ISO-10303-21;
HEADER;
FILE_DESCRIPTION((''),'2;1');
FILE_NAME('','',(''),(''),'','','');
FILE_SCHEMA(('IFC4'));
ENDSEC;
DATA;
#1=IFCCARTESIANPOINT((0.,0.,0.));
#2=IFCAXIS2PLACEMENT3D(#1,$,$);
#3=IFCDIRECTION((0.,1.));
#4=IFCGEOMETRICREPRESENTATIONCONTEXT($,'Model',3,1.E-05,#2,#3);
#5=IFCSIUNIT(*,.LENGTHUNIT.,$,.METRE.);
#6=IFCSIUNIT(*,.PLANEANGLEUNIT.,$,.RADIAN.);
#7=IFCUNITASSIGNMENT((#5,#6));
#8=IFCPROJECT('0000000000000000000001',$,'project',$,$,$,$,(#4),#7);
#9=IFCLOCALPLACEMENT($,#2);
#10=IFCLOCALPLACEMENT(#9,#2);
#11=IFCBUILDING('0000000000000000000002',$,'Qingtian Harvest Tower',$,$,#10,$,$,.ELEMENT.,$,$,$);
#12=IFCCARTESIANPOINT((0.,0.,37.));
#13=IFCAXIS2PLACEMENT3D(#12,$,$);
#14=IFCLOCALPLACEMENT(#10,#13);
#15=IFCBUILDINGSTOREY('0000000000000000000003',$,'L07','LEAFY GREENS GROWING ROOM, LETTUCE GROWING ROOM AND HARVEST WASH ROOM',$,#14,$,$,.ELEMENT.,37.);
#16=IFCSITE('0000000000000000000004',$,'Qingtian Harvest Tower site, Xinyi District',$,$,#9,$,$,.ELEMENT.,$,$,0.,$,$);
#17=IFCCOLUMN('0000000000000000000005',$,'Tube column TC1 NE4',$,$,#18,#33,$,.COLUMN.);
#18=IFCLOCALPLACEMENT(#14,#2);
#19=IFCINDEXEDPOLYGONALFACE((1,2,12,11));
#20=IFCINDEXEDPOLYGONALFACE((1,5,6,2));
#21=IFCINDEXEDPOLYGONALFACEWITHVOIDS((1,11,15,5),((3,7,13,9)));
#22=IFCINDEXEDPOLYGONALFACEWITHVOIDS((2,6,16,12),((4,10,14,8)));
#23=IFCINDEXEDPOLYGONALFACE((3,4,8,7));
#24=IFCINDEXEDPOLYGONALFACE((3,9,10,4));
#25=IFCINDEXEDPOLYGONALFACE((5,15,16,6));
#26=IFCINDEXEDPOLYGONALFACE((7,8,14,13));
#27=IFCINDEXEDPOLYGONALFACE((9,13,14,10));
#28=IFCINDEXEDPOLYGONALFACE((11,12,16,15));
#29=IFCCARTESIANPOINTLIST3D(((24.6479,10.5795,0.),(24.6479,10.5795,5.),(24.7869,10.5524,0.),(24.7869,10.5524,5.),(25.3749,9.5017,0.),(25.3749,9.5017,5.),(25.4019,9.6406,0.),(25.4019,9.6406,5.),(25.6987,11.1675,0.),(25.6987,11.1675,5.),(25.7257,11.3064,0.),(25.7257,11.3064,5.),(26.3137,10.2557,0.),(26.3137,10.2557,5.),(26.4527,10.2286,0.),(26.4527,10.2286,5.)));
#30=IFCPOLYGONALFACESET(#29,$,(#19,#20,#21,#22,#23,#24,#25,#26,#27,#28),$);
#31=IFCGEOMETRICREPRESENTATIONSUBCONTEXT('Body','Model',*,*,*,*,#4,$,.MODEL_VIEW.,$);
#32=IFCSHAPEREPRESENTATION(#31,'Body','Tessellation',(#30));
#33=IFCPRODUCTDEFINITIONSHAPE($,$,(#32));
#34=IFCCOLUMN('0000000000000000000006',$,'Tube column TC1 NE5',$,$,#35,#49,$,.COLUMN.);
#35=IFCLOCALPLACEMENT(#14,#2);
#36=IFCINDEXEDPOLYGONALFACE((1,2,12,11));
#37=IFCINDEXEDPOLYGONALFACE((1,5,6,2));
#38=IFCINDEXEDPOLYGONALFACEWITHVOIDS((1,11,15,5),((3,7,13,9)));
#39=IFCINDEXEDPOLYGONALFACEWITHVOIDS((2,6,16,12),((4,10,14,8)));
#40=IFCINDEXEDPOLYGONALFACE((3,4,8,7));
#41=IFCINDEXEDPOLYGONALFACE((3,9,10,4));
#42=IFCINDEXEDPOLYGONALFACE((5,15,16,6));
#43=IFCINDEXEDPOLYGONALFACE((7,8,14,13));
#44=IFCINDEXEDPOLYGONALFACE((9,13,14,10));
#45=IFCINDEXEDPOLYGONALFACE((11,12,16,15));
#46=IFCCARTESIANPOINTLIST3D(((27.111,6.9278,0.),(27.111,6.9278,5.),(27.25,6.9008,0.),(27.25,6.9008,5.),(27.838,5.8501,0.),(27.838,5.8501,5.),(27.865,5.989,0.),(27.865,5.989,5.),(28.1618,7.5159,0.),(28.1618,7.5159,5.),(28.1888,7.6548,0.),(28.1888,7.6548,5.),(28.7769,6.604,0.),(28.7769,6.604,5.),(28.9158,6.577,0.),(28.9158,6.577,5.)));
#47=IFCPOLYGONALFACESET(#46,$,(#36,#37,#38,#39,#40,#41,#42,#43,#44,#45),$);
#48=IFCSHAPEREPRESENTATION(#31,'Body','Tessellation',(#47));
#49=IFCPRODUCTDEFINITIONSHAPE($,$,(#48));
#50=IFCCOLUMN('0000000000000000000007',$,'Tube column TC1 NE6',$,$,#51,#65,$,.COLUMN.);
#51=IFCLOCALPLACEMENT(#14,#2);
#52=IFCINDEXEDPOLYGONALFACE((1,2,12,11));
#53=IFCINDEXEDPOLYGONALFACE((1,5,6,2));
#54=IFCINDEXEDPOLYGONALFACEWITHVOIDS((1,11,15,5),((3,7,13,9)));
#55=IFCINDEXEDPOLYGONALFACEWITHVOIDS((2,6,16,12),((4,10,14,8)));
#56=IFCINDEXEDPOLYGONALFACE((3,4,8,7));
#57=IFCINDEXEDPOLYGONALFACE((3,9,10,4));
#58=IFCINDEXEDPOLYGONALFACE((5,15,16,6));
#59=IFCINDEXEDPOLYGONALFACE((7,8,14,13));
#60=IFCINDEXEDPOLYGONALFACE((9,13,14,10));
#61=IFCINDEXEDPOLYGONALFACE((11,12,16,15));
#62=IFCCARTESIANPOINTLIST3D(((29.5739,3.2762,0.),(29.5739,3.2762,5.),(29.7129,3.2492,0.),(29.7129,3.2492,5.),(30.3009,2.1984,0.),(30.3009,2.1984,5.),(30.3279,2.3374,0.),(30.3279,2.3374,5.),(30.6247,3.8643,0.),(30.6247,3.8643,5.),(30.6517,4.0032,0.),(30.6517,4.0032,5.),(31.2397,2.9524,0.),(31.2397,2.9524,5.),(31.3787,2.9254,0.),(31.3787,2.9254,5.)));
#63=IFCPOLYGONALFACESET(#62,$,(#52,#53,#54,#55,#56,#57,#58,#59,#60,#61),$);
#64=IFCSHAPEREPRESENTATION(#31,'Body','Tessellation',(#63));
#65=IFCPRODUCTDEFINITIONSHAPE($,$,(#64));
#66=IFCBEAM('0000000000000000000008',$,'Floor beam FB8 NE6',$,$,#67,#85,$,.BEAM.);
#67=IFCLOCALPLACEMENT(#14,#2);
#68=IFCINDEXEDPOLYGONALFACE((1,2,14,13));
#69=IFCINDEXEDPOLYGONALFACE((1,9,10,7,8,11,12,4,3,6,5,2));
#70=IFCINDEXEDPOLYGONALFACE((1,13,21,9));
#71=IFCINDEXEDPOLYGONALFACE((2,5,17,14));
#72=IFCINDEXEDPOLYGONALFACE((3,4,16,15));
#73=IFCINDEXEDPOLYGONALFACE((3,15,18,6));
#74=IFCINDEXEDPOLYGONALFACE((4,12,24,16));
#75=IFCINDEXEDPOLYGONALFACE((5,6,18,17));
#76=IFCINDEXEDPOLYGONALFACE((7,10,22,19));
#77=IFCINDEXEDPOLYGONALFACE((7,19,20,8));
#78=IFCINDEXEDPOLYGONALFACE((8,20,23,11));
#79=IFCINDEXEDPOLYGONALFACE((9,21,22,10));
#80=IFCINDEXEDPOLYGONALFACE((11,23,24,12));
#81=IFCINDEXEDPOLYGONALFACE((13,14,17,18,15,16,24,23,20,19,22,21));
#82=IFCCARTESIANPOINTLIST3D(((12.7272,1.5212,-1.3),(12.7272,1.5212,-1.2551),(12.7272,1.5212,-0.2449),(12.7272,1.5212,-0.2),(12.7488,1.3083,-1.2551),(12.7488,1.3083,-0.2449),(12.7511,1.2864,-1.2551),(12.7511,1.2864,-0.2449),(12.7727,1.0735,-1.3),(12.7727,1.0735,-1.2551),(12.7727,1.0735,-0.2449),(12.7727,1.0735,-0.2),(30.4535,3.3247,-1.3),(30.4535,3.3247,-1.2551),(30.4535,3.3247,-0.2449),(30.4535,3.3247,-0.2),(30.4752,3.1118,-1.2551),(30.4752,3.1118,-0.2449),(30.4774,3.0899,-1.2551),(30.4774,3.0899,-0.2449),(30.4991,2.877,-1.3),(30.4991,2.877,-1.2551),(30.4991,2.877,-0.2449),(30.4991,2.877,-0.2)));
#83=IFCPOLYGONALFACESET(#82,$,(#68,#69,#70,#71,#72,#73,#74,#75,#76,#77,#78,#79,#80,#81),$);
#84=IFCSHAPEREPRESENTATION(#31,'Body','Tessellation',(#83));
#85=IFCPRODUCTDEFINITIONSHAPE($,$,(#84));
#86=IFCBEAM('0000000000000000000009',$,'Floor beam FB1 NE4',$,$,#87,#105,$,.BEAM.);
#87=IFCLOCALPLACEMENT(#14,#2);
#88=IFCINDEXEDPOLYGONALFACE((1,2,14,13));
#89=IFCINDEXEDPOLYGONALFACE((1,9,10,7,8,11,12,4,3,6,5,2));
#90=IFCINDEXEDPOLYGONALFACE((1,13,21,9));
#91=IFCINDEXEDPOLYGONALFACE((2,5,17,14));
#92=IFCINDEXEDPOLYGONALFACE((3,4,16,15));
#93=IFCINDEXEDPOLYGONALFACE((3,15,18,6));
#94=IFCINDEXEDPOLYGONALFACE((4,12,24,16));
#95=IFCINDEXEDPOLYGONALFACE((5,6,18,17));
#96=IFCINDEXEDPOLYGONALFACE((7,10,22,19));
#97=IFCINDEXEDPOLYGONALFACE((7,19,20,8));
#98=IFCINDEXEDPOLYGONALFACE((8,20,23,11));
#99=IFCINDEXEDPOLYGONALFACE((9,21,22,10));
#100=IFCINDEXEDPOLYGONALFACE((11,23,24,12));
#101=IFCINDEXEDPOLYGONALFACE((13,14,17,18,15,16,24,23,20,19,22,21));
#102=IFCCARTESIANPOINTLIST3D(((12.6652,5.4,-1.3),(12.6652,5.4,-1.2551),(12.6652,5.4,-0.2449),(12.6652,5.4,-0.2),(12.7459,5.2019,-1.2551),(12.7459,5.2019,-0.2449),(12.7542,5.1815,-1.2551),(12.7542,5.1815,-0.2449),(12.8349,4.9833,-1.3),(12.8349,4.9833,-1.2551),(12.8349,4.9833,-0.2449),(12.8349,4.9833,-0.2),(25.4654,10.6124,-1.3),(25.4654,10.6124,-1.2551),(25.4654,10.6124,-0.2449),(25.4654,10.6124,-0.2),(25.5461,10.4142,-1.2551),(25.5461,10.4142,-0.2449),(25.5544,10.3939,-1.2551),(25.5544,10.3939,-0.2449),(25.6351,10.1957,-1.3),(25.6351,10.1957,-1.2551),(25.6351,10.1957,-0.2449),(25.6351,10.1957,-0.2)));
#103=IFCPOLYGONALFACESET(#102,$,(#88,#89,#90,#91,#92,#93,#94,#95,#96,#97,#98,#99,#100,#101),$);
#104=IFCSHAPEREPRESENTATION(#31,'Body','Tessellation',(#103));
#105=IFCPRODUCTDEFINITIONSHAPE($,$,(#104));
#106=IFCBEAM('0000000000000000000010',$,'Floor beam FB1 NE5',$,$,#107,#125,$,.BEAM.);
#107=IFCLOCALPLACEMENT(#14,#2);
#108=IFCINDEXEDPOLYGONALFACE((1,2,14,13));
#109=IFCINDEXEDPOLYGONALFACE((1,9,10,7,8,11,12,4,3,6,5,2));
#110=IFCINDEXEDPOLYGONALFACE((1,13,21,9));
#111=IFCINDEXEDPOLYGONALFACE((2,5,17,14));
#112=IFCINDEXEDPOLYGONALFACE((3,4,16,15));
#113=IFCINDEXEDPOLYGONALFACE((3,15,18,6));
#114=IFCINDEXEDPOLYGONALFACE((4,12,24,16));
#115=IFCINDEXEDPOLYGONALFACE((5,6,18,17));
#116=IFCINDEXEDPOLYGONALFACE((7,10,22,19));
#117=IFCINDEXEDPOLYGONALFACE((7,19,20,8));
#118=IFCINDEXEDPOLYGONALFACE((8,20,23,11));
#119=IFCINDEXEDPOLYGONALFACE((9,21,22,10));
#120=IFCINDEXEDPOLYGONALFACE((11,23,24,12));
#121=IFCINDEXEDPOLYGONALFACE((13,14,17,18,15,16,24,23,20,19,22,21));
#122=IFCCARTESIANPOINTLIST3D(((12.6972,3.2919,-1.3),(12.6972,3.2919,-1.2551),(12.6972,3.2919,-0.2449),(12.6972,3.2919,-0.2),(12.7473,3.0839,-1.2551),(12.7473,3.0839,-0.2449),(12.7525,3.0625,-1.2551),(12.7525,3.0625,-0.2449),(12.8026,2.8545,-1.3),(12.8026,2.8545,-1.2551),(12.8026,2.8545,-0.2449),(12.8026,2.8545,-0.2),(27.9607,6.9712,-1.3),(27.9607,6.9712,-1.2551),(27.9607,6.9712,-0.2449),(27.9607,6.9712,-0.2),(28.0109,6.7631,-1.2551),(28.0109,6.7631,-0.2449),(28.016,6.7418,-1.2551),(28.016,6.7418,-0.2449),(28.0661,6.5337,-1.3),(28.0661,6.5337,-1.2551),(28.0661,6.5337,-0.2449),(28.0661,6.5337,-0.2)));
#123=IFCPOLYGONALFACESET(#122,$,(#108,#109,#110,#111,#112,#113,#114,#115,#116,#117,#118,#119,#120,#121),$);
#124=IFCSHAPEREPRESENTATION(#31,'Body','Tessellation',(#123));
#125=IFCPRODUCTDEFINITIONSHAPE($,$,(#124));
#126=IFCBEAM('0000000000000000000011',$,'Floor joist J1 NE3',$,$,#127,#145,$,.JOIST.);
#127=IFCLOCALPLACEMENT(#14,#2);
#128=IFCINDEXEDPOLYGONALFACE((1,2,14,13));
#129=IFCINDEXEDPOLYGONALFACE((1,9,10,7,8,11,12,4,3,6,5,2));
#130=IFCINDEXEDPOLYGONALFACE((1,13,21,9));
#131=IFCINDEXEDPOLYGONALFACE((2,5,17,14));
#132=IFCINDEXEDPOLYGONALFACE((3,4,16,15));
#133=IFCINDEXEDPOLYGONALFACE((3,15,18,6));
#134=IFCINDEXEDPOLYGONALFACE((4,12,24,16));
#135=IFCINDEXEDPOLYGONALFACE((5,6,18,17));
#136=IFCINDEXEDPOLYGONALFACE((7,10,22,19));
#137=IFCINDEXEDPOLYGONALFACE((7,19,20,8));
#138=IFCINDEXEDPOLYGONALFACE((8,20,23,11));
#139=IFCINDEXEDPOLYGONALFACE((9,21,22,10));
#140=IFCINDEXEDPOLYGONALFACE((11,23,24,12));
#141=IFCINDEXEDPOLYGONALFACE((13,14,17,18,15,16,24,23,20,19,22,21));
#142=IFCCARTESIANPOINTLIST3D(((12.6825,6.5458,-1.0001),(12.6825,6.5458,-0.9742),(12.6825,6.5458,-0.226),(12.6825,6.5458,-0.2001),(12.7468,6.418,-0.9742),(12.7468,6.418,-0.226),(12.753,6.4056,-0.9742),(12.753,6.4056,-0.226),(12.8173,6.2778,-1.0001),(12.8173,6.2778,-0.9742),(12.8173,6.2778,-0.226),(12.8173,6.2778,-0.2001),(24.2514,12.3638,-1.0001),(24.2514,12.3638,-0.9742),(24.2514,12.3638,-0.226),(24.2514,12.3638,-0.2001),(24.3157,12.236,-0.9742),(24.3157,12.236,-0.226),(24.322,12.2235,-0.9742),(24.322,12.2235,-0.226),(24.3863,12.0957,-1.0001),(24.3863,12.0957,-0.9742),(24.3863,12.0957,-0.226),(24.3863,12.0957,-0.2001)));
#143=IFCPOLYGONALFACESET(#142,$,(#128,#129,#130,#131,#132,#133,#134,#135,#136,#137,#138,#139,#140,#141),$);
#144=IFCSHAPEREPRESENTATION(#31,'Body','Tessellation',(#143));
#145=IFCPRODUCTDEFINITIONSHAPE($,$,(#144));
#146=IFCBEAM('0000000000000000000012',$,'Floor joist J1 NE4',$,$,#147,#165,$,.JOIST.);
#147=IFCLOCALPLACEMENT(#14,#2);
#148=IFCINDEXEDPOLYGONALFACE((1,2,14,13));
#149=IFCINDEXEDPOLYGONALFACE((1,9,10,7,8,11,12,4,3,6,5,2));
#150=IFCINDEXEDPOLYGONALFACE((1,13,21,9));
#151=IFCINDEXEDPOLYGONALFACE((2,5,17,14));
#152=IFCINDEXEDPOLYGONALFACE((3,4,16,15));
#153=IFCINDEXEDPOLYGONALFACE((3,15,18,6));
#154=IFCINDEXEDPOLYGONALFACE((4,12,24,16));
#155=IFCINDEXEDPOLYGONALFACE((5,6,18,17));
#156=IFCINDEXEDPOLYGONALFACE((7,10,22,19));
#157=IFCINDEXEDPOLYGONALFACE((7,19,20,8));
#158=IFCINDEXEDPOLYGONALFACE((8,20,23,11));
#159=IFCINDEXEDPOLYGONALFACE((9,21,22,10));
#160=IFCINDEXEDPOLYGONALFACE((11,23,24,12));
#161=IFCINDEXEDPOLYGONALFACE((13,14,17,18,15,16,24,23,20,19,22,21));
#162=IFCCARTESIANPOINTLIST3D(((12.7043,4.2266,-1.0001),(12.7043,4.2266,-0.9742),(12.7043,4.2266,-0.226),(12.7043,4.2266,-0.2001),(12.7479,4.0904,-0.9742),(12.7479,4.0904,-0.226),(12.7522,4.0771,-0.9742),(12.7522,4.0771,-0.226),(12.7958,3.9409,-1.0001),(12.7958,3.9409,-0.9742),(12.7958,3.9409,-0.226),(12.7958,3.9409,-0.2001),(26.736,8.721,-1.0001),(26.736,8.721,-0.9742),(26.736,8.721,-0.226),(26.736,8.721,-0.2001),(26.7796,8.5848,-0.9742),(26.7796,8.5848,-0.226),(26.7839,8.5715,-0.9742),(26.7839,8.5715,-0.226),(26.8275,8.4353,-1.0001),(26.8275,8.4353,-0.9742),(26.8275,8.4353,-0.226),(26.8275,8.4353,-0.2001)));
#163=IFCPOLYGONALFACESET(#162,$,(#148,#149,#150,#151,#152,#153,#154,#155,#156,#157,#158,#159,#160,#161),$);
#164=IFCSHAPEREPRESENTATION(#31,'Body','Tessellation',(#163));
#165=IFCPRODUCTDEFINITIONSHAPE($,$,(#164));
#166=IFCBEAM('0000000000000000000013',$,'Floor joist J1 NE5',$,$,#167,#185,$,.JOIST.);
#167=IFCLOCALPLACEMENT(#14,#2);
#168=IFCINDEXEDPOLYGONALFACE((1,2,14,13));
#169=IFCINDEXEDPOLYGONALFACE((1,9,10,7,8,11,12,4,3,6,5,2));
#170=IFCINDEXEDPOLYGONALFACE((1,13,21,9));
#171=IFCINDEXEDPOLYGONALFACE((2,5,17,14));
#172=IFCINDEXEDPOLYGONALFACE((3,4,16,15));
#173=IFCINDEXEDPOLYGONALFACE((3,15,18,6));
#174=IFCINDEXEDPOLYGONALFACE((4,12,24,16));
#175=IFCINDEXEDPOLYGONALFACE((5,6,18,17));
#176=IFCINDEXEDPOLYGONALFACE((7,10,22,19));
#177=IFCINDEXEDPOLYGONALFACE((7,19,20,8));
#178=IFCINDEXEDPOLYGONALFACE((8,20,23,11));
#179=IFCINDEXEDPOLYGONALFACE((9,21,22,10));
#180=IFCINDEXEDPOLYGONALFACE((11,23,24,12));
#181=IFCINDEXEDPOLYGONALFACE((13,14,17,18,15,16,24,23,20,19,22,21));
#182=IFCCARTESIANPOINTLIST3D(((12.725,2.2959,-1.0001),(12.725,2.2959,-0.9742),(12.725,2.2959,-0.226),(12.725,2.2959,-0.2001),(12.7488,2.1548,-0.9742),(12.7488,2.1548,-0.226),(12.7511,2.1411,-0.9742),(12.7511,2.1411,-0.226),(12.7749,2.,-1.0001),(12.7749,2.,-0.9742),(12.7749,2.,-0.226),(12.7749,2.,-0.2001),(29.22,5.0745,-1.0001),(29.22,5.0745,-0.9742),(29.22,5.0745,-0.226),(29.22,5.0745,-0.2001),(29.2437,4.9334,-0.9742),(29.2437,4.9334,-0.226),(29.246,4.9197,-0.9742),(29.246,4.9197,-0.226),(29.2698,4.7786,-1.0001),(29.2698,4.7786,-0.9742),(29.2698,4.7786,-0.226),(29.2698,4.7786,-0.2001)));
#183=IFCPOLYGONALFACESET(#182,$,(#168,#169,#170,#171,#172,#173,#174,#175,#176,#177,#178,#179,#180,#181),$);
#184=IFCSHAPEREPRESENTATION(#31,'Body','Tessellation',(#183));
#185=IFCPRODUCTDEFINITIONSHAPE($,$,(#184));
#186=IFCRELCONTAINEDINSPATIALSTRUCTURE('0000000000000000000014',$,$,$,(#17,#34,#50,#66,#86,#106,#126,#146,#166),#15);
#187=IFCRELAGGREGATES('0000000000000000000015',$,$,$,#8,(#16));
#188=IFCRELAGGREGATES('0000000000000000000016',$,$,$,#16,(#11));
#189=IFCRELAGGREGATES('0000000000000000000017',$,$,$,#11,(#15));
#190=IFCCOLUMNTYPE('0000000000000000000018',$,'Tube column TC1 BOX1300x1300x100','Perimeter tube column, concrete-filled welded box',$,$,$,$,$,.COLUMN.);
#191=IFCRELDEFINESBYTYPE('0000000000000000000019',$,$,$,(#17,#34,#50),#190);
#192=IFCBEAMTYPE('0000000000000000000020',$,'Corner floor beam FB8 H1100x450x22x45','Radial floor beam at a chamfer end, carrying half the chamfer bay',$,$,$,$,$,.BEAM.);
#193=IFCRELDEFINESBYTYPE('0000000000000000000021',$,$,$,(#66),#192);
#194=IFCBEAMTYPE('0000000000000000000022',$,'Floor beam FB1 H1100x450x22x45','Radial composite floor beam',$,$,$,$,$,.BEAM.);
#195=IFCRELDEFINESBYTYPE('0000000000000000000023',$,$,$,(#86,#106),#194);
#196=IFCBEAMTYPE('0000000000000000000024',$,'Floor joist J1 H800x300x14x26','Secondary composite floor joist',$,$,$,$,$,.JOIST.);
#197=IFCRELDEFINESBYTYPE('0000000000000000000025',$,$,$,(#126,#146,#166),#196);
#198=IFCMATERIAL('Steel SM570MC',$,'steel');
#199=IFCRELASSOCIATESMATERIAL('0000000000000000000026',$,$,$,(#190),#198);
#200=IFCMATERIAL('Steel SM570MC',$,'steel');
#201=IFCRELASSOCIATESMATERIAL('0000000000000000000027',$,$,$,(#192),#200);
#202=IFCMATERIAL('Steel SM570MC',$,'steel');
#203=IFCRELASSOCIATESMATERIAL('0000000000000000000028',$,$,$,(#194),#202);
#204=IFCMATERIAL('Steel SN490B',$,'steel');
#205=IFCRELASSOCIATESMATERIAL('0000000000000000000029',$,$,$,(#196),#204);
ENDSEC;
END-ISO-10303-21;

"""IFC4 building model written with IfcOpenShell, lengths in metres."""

from ifc_helpers import new_model, si_unit, direction, frame, origin, origin_2d, place, context, subcontext, project, spatial, hollow_rectangle, i_section, extrude, material, material_profile, profile_set, type_object, element, save


model = new_model("IFC4")

# Units and contexts
model_context = context("Model", 3, precision=1e-05, world=origin(), true_north=direction((0.0, 1.0)))
body_context = subcontext(model_context, "Body", "Model", "MODEL_VIEW")
ifc_project = project(units=[si_unit("LENGTHUNIT", "METRE"), si_unit("PLANEANGLEUNIT", "RADIAN")], contexts=[model_context])

# Site, building, storey
site_placement = place(None, origin())
site = spatial("IfcSite", under=ifc_project, at=site_placement, Name="Qingtian Harvest Tower site, Xinyi District", CompositionType="ELEMENT", RefElevation=0.0)
building_placement = place(site_placement, origin())
building = spatial("IfcBuilding", under=site, at=building_placement, Name="Qingtian Harvest Tower", CompositionType="ELEMENT")
storey_placement = place(building_placement, frame((0.0, 0.0, 37.0)))
storey = spatial("IfcBuildingStorey", under=building, at=storey_placement, Name="L07", Description="LEAFY GREENS GROWING ROOM, LETTUCE GROWING ROOM AND HARVEST WASH ROOM", CompositionType="ELEMENT", Elevation=37.0)

# Columns
ifc_material_1 = material(Name="Steel SM570MC", Category="steel")
ifc_material_profile_1 = material_profile(ifc_material_1, hollow_rectangle(XDim=1.3, YDim=1.3, WallThickness=0.1001, at=origin_2d()), Name="BOX1300x1300x100")
ifc_profile_set_1 = profile_set([ifc_material_profile_1], Name="Steel SM570MC")
column_type = type_object("IfcColumnType", Name="Tube column TC1 BOX1300x1300x100", Description="Perimeter tube column, concrete-filled welded box", PredefinedType="COLUMN", material=ifc_profile_set_1)
for number, where, z_axis, x_axis, name in (
    (1, (25.5503, 10.4041, 0.0), (0.0, 0.0, 1.0), (-0.559193, 0.829038, 0.0), "Tube column TC1 NE4"),
    (2, (28.0134, 6.7524, 0.0), (0.0, 0.0, 1.0), (-0.559193, 0.829038, 0.0), "Tube column TC1 NE5"),
    (3, (30.4763, 3.1008, 0.0), (0.0, 0.0, 1.0), (-0.559193, 0.829038, 0.0), "Tube column TC1 NE6"),
):
    element("IfcColumn", number, at=place(storey_placement, frame(where, z_axis=z_axis, x_axis=x_axis)), inside=storey, type_object=column_type, Name=name, PredefinedType="COLUMN", context=body_context, shape_type="SweptSolid", body=[
        extrude(hollow_rectangle(XDim=1.3, YDim=1.3, WallThickness=0.1001, at=origin_2d()), origin(), (0.0, 0.0, 1.0), 5.0),
    ])

# Beams
ifc_material_2 = material(Name="Steel SM570MC", Category="steel")
ifc_material_profile_2 = material_profile(ifc_material_2, i_section(OverallWidth=0.45, OverallDepth=1.1001, WebThickness=0.022, FlangeThickness=0.0449, at=origin_2d()), Name="H1100x450x22x45")
ifc_profile_set_2 = profile_set([ifc_material_profile_2], Name="Steel SM570MC")
beam_type_1 = type_object("IfcBeamType", Name="Corner floor beam FB8 H1100x450x22x45", Description="Radial floor beam at a chamfer end, carrying half the chamfer bay", PredefinedType="BEAM", material=ifc_profile_set_2)
beam_1_placement = place(storey_placement, frame((30.4763, 3.1008, -0.75), z_axis=(-0.994864, -0.101217, 0.0), x_axis=(0.101217, -0.994864, 0.0)))
element("IfcBeam", 4, at=beam_1_placement, inside=storey, type_object=beam_type_1, Name="Floor beam FB8 NE6", PredefinedType="BEAM", context=body_context, shape_type="SweptSolid", body=[
    extrude(i_section(OverallWidth=0.45, OverallDepth=1.1001, WebThickness=0.022, FlangeThickness=0.0449, at=origin_2d()), origin(), (0.0, 0.0, 1.0), 17.8179),
])
ifc_material_3 = material(Name="Steel SM570MC", Category="steel")
ifc_material_profile_3 = material_profile(ifc_material_3, i_section(OverallWidth=0.45, OverallDepth=1.1001, WebThickness=0.022, FlangeThickness=0.0449, at=origin_2d()), Name="H1100x450x22x45")
ifc_profile_set_3 = profile_set([ifc_material_profile_3], Name="Steel SM570MC")
beam_type_2 = type_object("IfcBeamType", Name="Floor beam FB1 H1100x450x22x45", Description="Radial composite floor beam", PredefinedType="BEAM", material=ifc_profile_set_3)
beam_2_placement = place(storey_placement, frame((25.5503, 10.4041, -0.75), z_axis=(-0.926156, -0.37714, 0.0), x_axis=(0.37714, -0.926156, 0.0)))
element("IfcBeam", 5, at=beam_2_placement, inside=storey, type_object=beam_type_2, Name="Floor beam FB1 NE4", PredefinedType="BEAM", context=body_context, shape_type="SweptSolid", body=[
    extrude(i_section(OverallWidth=0.45, OverallDepth=1.1001, WebThickness=0.022, FlangeThickness=0.0449, at=origin_2d()), origin(), (0.0, 0.0, 1.0), 13.8208),
])
beam_3_placement = place(storey_placement, frame((28.0134, 6.7524, -0.75), z_axis=(-0.972156, -0.234335, 0.0), x_axis=(0.234335, -0.972156, 0.0)))
element("IfcBeam", 6, at=beam_3_placement, inside=storey, type_object=beam_type_2, Name="Floor beam FB1 NE5", PredefinedType="BEAM", context=body_context, shape_type="SweptSolid", body=[
    extrude(i_section(OverallWidth=0.45, OverallDepth=1.1001, WebThickness=0.022, FlangeThickness=0.0449, at=origin_2d()), origin(), (0.0, 0.0, 1.0), 15.7007),
])
ifc_material_4 = material(Name="Steel SN490B", Category="steel")
ifc_material_profile_4 = material_profile(ifc_material_4, i_section(OverallWidth=0.3, OverallDepth=0.8, WebThickness=0.0139, FlangeThickness=0.0259, at=origin_2d()), Name="H800x300x14x26")
ifc_profile_set_4 = profile_set([ifc_material_profile_4], Name="Steel SN490B")
beam_type_3 = type_object("IfcBeamType", Name="Floor joist J1 H800x300x14x26", Description="Secondary composite floor joist", PredefinedType="JOIST", material=ifc_profile_set_4)
beam_4_placement = place(storey_placement, frame((24.3188, 12.2297, -0.6001), z_axis=(-0.893392, -0.449279, 0.0), x_axis=(0.449279, -0.893392, 0.0)))
element("IfcBeam", 7, at=beam_4_placement, inside=storey, type_object=beam_type_3, Name="Floor joist J1 NE3", PredefinedType="JOIST", context=body_context, shape_type="SweptSolid", body=[
    extrude(i_section(OverallWidth=0.3, OverallDepth=0.8, WebThickness=0.0139, FlangeThickness=0.0259, at=origin_2d()), origin(), (0.0, 0.0, 1.0), 12.9495),
])
beam_5_placement = place(storey_placement, frame((26.7817, 8.5781, -0.6001), z_axis=(-0.952341, -0.305036, 0.0), x_axis=(0.305036, -0.952341, 0.0)))
element("IfcBeam", 8, at=beam_5_placement, inside=storey, type_object=beam_type_3, Name="Floor joist J1 NE4", PredefinedType="JOIST", context=body_context, shape_type="SweptSolid", body=[
    extrude(i_section(OverallWidth=0.3, OverallDepth=0.8, WebThickness=0.0139, FlangeThickness=0.0259, at=origin_2d()), origin(), (0.0, 0.0, 1.0), 14.7339),
])
beam_6_placement = place(storey_placement, frame((29.2449, 4.9265, -0.6001), z_axis=(-0.986107, -0.16611, 0.0), x_axis=(0.16611, -0.986107, 0.0)))
element("IfcBeam", 9, at=beam_6_placement, inside=storey, type_object=beam_type_3, Name="Floor joist J1 NE5", PredefinedType="JOIST", context=body_context, shape_type="SweptSolid", body=[
    extrude(i_section(OverallWidth=0.3, OverallDepth=0.8, WebThickness=0.0139, FlangeThickness=0.0259, at=origin_2d()), origin(), (0.0, 0.0, 1.0), 16.7273),
])

save(model, "model.ifc")
